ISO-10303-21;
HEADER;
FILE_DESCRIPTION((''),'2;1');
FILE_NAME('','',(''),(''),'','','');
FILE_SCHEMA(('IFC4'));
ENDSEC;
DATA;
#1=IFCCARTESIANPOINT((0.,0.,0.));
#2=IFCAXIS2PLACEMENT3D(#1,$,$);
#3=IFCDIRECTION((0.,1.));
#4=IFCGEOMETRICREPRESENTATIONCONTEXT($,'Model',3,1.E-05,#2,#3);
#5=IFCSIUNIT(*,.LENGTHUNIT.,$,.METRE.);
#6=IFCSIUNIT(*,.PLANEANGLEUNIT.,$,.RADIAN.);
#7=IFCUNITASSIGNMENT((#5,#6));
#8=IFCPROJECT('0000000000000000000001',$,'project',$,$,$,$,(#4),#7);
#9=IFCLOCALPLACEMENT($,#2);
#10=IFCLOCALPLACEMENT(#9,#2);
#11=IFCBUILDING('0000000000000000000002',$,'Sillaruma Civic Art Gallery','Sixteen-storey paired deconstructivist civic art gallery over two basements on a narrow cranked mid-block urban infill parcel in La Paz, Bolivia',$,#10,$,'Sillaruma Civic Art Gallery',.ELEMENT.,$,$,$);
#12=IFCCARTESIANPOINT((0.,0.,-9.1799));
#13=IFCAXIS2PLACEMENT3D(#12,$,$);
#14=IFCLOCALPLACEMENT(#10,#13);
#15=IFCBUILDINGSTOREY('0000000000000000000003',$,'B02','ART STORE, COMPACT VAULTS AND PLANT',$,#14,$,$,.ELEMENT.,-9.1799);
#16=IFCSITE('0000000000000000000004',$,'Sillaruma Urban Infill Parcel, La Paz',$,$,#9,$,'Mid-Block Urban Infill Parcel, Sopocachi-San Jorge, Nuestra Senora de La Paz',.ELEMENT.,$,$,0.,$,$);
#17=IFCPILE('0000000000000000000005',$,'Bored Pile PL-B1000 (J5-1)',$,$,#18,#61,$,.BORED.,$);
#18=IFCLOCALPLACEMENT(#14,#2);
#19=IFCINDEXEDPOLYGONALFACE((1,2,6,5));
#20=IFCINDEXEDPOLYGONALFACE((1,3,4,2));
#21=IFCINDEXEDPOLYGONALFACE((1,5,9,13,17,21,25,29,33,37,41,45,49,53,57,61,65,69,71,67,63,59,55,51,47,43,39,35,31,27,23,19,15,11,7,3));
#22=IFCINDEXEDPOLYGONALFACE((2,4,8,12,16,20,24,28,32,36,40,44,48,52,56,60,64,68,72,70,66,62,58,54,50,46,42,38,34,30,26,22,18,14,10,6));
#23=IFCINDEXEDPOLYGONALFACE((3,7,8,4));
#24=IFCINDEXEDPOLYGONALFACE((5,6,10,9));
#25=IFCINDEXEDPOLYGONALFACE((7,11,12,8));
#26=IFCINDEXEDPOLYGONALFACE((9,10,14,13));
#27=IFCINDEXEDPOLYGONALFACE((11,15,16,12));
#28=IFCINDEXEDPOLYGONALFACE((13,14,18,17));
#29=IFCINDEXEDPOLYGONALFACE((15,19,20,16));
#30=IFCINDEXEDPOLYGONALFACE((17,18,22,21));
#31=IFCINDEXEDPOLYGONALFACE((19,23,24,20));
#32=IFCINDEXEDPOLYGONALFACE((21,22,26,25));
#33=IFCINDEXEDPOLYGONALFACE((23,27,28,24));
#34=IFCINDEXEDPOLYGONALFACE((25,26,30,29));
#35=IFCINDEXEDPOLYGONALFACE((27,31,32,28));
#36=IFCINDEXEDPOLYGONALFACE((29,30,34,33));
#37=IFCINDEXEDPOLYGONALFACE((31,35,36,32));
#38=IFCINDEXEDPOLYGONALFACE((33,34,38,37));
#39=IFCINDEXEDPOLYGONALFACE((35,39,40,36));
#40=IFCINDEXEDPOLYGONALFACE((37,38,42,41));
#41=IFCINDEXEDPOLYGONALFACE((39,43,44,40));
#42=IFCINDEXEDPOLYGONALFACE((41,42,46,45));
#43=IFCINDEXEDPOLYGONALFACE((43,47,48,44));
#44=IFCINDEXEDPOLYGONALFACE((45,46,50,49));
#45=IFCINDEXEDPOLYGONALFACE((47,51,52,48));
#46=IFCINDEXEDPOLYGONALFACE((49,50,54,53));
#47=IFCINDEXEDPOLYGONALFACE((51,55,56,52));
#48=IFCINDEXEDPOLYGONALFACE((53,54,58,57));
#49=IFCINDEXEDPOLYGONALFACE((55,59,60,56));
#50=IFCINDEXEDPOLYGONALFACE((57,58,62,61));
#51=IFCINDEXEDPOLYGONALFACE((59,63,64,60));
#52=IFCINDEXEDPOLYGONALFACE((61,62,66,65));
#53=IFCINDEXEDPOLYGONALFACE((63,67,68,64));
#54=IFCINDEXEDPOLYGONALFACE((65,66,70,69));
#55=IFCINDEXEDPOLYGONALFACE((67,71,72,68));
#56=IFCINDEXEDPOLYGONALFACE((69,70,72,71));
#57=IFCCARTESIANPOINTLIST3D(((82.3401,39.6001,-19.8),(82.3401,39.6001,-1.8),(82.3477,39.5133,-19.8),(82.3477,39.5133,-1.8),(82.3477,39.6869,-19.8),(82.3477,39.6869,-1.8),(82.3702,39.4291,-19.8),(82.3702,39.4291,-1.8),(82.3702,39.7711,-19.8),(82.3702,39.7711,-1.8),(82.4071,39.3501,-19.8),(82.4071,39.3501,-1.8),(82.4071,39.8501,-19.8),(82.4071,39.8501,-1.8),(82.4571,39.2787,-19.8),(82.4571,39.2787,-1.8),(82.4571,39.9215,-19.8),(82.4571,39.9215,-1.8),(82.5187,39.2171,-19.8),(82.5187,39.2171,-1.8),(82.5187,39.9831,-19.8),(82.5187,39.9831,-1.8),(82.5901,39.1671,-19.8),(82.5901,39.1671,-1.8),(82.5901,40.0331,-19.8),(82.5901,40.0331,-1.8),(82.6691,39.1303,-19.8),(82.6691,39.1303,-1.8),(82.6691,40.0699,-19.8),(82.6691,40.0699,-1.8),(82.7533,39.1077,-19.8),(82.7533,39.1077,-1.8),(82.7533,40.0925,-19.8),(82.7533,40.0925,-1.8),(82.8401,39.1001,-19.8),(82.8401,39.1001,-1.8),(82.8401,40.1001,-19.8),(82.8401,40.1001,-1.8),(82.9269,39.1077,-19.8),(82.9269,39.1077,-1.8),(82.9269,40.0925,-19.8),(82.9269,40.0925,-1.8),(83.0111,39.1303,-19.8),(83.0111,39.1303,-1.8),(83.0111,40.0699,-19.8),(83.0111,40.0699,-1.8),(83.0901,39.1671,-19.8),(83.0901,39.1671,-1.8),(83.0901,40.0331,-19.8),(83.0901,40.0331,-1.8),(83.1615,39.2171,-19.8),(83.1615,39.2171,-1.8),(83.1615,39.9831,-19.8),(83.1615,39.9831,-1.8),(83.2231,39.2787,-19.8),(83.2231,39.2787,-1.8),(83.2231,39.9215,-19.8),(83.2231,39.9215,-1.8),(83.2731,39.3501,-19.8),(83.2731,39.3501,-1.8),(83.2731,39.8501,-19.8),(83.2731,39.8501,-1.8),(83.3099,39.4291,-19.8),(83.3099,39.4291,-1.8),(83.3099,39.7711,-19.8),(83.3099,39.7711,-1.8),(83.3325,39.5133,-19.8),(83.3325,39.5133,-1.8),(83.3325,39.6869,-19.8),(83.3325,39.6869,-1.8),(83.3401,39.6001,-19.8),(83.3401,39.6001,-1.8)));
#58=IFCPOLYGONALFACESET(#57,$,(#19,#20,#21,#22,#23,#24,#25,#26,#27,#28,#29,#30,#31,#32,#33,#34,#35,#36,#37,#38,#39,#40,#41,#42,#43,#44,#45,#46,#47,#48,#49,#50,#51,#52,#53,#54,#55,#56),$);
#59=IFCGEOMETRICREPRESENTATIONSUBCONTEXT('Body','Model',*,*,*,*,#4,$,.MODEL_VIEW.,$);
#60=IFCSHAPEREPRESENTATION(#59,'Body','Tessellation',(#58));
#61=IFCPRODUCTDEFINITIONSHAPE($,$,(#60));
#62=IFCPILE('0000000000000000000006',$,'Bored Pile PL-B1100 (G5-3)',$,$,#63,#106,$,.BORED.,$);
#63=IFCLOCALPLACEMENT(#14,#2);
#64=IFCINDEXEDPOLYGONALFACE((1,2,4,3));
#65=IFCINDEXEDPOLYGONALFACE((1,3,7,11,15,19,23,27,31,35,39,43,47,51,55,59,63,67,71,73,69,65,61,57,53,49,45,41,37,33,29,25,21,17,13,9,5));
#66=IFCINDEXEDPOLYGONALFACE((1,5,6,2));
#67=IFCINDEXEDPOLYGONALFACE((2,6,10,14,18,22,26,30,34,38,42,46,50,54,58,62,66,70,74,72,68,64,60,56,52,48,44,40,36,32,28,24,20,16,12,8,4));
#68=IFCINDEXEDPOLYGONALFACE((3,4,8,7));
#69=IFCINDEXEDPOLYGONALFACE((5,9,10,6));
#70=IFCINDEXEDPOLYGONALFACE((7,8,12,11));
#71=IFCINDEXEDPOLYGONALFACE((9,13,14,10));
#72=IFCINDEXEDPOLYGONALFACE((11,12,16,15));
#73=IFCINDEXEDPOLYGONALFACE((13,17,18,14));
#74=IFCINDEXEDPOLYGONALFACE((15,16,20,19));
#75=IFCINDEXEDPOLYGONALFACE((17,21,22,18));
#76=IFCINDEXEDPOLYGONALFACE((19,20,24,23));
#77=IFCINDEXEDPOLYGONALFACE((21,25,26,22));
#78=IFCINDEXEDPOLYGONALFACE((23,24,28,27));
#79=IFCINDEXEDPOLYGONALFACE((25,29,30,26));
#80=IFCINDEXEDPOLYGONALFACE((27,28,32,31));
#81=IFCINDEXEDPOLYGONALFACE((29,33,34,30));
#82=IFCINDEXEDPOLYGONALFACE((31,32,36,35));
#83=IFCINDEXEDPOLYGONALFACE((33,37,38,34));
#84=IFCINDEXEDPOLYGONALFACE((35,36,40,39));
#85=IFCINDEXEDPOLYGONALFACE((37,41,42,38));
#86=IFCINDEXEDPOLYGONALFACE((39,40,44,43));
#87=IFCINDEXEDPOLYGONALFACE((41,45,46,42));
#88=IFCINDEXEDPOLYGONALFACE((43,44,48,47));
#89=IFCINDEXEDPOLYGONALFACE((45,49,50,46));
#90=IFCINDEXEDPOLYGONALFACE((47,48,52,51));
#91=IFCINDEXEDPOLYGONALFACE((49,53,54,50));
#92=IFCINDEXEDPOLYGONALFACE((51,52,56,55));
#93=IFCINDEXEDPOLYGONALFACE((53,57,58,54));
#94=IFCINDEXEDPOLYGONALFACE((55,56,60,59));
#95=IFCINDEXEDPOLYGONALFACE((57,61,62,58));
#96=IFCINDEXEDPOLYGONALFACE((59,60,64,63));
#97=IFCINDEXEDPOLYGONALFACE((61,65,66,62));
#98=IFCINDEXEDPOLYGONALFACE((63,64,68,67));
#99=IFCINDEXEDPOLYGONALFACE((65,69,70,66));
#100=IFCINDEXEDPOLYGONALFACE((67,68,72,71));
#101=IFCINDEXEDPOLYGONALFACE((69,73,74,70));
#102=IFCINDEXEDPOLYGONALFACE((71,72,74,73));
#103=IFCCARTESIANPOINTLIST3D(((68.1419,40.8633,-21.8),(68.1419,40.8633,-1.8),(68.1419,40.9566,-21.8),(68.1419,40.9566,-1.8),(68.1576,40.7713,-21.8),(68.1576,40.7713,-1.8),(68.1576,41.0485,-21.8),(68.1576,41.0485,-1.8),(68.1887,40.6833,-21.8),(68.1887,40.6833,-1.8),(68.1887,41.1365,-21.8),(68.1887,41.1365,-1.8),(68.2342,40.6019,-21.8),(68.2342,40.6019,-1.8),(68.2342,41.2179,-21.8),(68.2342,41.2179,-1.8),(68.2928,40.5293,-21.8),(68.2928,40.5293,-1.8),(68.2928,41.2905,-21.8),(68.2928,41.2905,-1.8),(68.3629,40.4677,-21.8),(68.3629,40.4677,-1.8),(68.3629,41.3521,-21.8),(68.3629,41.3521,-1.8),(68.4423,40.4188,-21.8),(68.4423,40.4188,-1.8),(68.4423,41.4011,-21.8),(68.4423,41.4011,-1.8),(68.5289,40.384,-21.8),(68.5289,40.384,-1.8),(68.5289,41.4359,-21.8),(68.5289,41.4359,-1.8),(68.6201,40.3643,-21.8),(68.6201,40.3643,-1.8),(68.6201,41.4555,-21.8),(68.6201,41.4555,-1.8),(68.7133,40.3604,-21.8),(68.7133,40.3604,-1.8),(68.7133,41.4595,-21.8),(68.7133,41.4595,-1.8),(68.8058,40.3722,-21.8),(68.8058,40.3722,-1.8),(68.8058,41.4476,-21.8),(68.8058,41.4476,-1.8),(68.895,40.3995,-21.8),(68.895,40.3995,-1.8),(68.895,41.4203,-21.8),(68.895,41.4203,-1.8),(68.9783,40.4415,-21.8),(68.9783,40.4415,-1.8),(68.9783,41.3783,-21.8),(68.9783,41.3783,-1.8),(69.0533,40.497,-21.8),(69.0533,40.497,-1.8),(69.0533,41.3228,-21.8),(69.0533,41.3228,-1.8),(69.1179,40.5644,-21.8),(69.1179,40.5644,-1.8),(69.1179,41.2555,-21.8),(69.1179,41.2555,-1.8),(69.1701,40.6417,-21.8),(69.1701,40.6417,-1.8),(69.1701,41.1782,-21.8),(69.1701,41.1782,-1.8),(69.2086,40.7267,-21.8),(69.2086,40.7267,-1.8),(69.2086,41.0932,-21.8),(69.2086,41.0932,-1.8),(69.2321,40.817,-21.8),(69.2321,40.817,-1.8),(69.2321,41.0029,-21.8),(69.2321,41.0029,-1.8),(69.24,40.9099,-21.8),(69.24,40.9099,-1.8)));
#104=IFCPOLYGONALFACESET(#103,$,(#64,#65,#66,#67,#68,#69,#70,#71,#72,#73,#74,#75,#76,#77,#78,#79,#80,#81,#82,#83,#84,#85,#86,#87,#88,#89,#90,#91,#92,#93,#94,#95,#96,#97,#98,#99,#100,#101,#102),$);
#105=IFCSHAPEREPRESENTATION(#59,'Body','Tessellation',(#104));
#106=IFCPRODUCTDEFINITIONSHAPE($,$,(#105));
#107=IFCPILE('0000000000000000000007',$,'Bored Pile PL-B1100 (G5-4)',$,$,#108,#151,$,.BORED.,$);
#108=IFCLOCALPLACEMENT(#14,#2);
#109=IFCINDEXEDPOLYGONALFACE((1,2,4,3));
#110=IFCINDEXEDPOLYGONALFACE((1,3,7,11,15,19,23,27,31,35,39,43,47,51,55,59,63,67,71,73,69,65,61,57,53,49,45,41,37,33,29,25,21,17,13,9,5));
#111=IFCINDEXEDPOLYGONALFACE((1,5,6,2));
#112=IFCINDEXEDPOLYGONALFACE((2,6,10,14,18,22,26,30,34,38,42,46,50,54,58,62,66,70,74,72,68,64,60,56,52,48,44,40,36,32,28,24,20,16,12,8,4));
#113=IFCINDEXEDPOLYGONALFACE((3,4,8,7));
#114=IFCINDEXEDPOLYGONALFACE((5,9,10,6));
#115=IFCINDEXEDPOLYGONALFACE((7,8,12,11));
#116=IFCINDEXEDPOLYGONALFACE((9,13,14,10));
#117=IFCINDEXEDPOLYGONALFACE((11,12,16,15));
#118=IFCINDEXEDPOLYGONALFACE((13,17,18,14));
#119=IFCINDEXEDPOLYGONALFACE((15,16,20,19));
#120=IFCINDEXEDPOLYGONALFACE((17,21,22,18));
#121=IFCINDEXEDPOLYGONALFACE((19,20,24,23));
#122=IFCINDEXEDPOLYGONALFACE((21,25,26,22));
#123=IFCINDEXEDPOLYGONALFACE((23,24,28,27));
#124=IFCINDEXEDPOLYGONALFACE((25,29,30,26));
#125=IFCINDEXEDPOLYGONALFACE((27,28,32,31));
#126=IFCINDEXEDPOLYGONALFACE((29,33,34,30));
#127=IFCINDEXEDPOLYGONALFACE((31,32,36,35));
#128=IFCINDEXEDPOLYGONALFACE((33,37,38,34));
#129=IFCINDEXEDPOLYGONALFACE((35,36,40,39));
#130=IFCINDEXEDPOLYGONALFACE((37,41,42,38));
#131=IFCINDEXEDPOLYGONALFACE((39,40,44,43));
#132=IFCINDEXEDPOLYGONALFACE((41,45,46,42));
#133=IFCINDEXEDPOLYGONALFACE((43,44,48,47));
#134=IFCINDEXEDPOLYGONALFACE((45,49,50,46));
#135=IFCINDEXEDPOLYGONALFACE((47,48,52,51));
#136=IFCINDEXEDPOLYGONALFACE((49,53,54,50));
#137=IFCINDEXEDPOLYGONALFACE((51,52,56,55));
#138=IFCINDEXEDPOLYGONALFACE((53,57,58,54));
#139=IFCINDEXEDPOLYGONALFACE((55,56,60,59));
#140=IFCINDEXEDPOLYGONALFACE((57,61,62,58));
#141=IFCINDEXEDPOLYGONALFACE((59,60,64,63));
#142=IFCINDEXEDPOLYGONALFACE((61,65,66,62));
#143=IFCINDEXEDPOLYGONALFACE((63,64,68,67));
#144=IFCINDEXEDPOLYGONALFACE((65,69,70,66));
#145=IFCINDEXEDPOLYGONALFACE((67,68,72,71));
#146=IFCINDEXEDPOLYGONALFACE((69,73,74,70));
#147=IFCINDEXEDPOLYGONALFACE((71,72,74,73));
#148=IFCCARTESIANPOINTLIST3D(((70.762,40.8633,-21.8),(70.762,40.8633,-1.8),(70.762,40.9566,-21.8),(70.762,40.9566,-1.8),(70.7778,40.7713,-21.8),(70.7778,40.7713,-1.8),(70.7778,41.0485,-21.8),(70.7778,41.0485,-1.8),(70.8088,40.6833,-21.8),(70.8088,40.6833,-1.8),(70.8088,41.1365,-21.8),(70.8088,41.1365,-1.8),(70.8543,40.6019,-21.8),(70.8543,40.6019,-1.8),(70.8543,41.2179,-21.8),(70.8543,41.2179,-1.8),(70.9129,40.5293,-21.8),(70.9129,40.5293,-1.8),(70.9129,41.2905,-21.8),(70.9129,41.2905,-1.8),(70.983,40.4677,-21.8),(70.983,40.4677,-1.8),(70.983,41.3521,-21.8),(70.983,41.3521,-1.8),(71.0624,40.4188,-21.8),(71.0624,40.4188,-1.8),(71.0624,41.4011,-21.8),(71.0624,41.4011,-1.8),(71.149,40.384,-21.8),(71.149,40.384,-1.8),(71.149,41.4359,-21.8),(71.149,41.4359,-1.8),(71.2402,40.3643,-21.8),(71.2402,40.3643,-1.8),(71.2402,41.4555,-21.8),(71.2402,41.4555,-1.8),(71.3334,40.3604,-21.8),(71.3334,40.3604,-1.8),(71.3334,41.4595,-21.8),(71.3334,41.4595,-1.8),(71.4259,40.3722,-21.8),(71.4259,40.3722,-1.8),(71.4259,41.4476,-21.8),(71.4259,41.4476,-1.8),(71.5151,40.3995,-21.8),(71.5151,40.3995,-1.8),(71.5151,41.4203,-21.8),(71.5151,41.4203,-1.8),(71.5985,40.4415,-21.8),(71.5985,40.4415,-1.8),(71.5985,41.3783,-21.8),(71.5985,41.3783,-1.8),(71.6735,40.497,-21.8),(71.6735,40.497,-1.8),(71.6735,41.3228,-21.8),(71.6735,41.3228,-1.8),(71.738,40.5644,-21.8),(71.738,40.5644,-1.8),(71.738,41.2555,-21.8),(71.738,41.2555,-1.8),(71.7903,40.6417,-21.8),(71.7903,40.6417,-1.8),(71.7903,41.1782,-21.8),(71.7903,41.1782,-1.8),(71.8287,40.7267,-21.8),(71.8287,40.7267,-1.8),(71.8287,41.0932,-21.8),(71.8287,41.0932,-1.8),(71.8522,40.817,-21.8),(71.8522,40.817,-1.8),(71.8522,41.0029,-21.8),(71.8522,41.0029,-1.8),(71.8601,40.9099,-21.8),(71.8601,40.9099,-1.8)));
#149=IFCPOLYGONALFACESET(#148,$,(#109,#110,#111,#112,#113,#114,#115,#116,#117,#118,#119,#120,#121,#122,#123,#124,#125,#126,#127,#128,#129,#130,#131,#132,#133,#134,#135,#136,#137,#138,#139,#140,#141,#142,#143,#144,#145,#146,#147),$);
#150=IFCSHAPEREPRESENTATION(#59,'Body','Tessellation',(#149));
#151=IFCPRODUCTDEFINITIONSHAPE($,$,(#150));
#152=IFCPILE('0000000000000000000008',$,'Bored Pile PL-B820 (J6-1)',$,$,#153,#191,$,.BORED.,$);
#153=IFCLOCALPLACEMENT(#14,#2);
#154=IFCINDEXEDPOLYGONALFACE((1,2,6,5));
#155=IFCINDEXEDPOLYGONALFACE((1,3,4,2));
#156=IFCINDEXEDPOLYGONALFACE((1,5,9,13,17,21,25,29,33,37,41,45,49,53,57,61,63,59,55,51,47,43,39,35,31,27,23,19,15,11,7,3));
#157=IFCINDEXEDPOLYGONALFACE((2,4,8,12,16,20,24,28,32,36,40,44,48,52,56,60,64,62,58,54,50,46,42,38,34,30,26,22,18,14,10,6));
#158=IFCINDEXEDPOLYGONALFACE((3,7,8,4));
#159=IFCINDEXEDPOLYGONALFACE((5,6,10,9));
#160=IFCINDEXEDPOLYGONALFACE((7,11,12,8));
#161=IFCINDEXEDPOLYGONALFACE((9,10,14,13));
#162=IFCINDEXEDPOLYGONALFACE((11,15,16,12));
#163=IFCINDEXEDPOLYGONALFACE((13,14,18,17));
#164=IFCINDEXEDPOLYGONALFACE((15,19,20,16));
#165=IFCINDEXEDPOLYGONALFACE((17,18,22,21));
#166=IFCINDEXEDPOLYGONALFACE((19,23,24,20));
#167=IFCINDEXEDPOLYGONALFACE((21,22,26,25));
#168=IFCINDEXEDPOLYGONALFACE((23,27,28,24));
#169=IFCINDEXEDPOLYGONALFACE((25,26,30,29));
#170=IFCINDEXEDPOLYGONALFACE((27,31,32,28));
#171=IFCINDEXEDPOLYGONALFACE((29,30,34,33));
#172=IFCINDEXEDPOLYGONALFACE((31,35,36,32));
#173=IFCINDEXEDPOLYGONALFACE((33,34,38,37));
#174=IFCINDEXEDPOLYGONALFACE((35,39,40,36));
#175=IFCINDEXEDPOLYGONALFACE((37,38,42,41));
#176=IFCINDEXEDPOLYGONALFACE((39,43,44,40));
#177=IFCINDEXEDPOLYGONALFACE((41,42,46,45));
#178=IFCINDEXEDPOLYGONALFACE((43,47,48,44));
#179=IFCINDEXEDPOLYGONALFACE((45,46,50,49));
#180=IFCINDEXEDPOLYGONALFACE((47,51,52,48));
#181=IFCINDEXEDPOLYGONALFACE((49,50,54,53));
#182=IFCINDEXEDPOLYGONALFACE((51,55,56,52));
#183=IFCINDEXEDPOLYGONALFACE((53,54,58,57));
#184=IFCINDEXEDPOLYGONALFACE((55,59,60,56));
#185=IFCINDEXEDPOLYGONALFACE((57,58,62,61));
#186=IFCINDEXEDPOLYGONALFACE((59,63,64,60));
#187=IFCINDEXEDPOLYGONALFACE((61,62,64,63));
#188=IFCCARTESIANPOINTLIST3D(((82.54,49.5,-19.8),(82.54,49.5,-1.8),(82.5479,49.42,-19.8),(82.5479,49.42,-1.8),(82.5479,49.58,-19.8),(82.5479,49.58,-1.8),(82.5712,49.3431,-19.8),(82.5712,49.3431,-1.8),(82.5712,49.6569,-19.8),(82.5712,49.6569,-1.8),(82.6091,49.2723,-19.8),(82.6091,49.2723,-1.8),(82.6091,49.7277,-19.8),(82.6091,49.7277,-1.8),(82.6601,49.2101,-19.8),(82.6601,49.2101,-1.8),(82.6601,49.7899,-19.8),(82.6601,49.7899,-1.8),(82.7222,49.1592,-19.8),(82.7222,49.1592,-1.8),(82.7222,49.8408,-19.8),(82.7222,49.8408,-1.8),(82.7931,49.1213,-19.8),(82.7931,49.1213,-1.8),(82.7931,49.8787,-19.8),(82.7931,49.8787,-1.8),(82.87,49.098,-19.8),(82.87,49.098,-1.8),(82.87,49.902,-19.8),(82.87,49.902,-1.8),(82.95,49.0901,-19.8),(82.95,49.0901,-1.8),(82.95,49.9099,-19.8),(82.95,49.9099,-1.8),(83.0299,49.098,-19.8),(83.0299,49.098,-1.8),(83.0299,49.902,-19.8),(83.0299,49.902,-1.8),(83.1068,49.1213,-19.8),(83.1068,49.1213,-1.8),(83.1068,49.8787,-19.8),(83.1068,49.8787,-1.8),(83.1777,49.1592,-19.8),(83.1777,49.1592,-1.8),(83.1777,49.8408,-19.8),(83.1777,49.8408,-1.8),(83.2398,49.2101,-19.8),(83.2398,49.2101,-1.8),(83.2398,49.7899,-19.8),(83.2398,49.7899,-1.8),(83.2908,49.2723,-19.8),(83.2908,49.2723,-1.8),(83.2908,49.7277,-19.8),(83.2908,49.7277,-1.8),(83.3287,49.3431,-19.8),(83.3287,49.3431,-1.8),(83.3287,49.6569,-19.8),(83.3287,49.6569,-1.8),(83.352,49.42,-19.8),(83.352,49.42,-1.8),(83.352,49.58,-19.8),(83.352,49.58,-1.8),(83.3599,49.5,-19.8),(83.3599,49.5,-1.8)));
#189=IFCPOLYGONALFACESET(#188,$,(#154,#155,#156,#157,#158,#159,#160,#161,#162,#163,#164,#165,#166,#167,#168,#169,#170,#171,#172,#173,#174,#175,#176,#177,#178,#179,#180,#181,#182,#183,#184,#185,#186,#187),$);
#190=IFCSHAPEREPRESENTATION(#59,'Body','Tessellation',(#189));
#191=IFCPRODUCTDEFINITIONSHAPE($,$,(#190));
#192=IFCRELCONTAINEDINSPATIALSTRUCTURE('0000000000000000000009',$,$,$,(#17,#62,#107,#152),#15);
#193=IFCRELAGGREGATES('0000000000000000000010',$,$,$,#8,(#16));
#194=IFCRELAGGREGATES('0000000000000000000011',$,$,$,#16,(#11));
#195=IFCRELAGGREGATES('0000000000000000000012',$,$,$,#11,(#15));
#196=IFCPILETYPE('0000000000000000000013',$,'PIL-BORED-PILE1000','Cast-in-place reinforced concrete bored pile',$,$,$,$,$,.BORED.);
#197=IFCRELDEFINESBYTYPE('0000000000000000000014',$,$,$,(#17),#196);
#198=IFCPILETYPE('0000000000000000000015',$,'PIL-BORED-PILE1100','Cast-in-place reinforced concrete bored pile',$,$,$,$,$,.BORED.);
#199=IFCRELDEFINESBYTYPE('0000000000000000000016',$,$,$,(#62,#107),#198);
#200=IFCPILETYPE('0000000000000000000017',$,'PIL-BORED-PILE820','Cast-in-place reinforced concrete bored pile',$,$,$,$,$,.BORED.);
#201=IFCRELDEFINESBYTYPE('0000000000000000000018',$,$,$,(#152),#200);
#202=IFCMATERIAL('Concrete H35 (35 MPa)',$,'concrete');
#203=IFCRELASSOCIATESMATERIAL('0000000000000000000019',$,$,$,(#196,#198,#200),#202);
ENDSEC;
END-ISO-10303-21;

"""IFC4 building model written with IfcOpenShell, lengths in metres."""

from ifc_helpers import new_model, si_unit, direction, frame, origin, origin_2d, place, context, subcontext, project, spatial, circle, extrude, material, material_profile, profile_set, type_object, element, save


model = new_model("IFC4")

# Units and contexts
model_context = context("Model", 3, precision=1e-05, world=origin(), true_north=direction((0.0, 1.0)))
body_context = subcontext(model_context, "Body", "Model", "MODEL_VIEW")
ifc_project = project(units=[si_unit("LENGTHUNIT", "METRE"), si_unit("PLANEANGLEUNIT", "RADIAN")], contexts=[model_context])

# Site, building, storey
site_placement = place(None, origin())
site = spatial("IfcSite", under=ifc_project, at=site_placement, Name="Sillaruma Urban Infill Parcel, La Paz", LongName="Mid-Block Urban Infill Parcel, Sopocachi-San Jorge, Nuestra Senora de La Paz", CompositionType="ELEMENT", RefElevation=0.0)
building_placement = place(site_placement, origin())
building = spatial("IfcBuilding", under=site, at=building_placement, Name="Sillaruma Civic Art Gallery", Description="Sixteen-storey paired deconstructivist civic art gallery over two basements on a narrow cranked mid-block urban infill parcel in La Paz, Bolivia", LongName="Sillaruma Civic Art Gallery", CompositionType="ELEMENT")
storey_placement = place(building_placement, frame((0.0, 0.0, -9.1799)))
storey = spatial("IfcBuildingStorey", under=building, at=storey_placement, Name="B02", Description="ART STORE, COMPACT VAULTS AND PLANT", CompositionType="ELEMENT", Elevation=-9.1799)

# Shared definitions
ifc_material_1 = material(Name="Concrete H35 (35 MPa)", Category="concrete")

# Piles
ifc_material_profile_1 = material_profile(ifc_material_1, circle(Radius=0.5, at=origin_2d()), Name="PILE1000")
ifc_profile_set_1 = profile_set([ifc_material_profile_1], Name="Concrete H35 (35 MPa)")
pile_type_1 = type_object("IfcPileType", Name="PIL-BORED-PILE1000", Description="Cast-in-place reinforced concrete bored pile", PredefinedType="BORED", material=ifc_profile_set_1)
for number, where, z_axis, x_axis, name in (
    (1, (82.8401, 39.6001, -1.8), (0.0, 0.0, -1.0), (1.0, 0.0, 0.0), "Bored Pile PL-B1000 (J5-1)"),
):
    element("IfcPile", number, at=place(storey_placement, frame(where, z_axis=z_axis, x_axis=x_axis)), inside=storey, type_object=pile_type_1, Name=name, PredefinedType="BORED", context=body_context, shape_type="SweptSolid", body=[
        extrude(circle(Radius=0.5, at=origin_2d()), origin(), (0.0, 0.0, 1.0), 18.0),
    ])
ifc_material_profile_2 = material_profile(ifc_material_1, circle(Radius=0.55, at=origin_2d()), Name="PILE1100")
ifc_profile_set_2 = profile_set([ifc_material_profile_2], Name="Concrete H35 (35 MPa)")
pile_type_2 = type_object("IfcPileType", Name="PIL-BORED-PILE1100", Description="Cast-in-place reinforced concrete bored pile", PredefinedType="BORED", material=ifc_profile_set_2)
for number, where, z_axis, x_axis, name in (
    (2, (68.6899, 40.9099, -1.8), (0.0, 0.0, -1.0), (1.0, 0.0, 0.0), "Bored Pile PL-B1100 (G5-3)"),
    (3, (71.3101, 40.9099, -1.8), (0.0, 0.0, -1.0), (1.0, 0.0, 0.0), "Bored Pile PL-B1100 (G5-4)"),
):
    element("IfcPile", number, at=place(storey_placement, frame(where, z_axis=z_axis, x_axis=x_axis)), inside=storey, type_object=pile_type_2, Name=name, PredefinedType="BORED", context=body_context, shape_type="SweptSolid", body=[
        extrude(circle(Radius=0.55, at=origin_2d()), origin(), (0.0, 0.0, 1.0), 20.0),
    ])
ifc_material_profile_3 = material_profile(ifc_material_1, circle(Radius=0.4099, at=origin_2d()), Name="PILE820")
ifc_profile_set_3 = profile_set([ifc_material_profile_3], Name="Concrete H35 (35 MPa)")
pile_type_3 = type_object("IfcPileType", Name="PIL-BORED-PILE820", Description="Cast-in-place reinforced concrete bored pile", PredefinedType="BORED", material=ifc_profile_set_3)
pile_placement = place(storey_placement, frame((82.95, 49.5, -1.8), z_axis=(0.0, 0.0, -1.0), x_axis=(1.0, 0.0, 0.0)))
element("IfcPile", 4, at=pile_placement, inside=storey, type_object=pile_type_3, Name="Bored Pile PL-B820 (J6-1)", PredefinedType="BORED", context=body_context, shape_type="SweptSolid", body=[
    extrude(circle(Radius=0.4099, at=origin_2d()), origin(), (0.0, 0.0, 1.0), 18.0),
])

save(model, "model.ifc")
